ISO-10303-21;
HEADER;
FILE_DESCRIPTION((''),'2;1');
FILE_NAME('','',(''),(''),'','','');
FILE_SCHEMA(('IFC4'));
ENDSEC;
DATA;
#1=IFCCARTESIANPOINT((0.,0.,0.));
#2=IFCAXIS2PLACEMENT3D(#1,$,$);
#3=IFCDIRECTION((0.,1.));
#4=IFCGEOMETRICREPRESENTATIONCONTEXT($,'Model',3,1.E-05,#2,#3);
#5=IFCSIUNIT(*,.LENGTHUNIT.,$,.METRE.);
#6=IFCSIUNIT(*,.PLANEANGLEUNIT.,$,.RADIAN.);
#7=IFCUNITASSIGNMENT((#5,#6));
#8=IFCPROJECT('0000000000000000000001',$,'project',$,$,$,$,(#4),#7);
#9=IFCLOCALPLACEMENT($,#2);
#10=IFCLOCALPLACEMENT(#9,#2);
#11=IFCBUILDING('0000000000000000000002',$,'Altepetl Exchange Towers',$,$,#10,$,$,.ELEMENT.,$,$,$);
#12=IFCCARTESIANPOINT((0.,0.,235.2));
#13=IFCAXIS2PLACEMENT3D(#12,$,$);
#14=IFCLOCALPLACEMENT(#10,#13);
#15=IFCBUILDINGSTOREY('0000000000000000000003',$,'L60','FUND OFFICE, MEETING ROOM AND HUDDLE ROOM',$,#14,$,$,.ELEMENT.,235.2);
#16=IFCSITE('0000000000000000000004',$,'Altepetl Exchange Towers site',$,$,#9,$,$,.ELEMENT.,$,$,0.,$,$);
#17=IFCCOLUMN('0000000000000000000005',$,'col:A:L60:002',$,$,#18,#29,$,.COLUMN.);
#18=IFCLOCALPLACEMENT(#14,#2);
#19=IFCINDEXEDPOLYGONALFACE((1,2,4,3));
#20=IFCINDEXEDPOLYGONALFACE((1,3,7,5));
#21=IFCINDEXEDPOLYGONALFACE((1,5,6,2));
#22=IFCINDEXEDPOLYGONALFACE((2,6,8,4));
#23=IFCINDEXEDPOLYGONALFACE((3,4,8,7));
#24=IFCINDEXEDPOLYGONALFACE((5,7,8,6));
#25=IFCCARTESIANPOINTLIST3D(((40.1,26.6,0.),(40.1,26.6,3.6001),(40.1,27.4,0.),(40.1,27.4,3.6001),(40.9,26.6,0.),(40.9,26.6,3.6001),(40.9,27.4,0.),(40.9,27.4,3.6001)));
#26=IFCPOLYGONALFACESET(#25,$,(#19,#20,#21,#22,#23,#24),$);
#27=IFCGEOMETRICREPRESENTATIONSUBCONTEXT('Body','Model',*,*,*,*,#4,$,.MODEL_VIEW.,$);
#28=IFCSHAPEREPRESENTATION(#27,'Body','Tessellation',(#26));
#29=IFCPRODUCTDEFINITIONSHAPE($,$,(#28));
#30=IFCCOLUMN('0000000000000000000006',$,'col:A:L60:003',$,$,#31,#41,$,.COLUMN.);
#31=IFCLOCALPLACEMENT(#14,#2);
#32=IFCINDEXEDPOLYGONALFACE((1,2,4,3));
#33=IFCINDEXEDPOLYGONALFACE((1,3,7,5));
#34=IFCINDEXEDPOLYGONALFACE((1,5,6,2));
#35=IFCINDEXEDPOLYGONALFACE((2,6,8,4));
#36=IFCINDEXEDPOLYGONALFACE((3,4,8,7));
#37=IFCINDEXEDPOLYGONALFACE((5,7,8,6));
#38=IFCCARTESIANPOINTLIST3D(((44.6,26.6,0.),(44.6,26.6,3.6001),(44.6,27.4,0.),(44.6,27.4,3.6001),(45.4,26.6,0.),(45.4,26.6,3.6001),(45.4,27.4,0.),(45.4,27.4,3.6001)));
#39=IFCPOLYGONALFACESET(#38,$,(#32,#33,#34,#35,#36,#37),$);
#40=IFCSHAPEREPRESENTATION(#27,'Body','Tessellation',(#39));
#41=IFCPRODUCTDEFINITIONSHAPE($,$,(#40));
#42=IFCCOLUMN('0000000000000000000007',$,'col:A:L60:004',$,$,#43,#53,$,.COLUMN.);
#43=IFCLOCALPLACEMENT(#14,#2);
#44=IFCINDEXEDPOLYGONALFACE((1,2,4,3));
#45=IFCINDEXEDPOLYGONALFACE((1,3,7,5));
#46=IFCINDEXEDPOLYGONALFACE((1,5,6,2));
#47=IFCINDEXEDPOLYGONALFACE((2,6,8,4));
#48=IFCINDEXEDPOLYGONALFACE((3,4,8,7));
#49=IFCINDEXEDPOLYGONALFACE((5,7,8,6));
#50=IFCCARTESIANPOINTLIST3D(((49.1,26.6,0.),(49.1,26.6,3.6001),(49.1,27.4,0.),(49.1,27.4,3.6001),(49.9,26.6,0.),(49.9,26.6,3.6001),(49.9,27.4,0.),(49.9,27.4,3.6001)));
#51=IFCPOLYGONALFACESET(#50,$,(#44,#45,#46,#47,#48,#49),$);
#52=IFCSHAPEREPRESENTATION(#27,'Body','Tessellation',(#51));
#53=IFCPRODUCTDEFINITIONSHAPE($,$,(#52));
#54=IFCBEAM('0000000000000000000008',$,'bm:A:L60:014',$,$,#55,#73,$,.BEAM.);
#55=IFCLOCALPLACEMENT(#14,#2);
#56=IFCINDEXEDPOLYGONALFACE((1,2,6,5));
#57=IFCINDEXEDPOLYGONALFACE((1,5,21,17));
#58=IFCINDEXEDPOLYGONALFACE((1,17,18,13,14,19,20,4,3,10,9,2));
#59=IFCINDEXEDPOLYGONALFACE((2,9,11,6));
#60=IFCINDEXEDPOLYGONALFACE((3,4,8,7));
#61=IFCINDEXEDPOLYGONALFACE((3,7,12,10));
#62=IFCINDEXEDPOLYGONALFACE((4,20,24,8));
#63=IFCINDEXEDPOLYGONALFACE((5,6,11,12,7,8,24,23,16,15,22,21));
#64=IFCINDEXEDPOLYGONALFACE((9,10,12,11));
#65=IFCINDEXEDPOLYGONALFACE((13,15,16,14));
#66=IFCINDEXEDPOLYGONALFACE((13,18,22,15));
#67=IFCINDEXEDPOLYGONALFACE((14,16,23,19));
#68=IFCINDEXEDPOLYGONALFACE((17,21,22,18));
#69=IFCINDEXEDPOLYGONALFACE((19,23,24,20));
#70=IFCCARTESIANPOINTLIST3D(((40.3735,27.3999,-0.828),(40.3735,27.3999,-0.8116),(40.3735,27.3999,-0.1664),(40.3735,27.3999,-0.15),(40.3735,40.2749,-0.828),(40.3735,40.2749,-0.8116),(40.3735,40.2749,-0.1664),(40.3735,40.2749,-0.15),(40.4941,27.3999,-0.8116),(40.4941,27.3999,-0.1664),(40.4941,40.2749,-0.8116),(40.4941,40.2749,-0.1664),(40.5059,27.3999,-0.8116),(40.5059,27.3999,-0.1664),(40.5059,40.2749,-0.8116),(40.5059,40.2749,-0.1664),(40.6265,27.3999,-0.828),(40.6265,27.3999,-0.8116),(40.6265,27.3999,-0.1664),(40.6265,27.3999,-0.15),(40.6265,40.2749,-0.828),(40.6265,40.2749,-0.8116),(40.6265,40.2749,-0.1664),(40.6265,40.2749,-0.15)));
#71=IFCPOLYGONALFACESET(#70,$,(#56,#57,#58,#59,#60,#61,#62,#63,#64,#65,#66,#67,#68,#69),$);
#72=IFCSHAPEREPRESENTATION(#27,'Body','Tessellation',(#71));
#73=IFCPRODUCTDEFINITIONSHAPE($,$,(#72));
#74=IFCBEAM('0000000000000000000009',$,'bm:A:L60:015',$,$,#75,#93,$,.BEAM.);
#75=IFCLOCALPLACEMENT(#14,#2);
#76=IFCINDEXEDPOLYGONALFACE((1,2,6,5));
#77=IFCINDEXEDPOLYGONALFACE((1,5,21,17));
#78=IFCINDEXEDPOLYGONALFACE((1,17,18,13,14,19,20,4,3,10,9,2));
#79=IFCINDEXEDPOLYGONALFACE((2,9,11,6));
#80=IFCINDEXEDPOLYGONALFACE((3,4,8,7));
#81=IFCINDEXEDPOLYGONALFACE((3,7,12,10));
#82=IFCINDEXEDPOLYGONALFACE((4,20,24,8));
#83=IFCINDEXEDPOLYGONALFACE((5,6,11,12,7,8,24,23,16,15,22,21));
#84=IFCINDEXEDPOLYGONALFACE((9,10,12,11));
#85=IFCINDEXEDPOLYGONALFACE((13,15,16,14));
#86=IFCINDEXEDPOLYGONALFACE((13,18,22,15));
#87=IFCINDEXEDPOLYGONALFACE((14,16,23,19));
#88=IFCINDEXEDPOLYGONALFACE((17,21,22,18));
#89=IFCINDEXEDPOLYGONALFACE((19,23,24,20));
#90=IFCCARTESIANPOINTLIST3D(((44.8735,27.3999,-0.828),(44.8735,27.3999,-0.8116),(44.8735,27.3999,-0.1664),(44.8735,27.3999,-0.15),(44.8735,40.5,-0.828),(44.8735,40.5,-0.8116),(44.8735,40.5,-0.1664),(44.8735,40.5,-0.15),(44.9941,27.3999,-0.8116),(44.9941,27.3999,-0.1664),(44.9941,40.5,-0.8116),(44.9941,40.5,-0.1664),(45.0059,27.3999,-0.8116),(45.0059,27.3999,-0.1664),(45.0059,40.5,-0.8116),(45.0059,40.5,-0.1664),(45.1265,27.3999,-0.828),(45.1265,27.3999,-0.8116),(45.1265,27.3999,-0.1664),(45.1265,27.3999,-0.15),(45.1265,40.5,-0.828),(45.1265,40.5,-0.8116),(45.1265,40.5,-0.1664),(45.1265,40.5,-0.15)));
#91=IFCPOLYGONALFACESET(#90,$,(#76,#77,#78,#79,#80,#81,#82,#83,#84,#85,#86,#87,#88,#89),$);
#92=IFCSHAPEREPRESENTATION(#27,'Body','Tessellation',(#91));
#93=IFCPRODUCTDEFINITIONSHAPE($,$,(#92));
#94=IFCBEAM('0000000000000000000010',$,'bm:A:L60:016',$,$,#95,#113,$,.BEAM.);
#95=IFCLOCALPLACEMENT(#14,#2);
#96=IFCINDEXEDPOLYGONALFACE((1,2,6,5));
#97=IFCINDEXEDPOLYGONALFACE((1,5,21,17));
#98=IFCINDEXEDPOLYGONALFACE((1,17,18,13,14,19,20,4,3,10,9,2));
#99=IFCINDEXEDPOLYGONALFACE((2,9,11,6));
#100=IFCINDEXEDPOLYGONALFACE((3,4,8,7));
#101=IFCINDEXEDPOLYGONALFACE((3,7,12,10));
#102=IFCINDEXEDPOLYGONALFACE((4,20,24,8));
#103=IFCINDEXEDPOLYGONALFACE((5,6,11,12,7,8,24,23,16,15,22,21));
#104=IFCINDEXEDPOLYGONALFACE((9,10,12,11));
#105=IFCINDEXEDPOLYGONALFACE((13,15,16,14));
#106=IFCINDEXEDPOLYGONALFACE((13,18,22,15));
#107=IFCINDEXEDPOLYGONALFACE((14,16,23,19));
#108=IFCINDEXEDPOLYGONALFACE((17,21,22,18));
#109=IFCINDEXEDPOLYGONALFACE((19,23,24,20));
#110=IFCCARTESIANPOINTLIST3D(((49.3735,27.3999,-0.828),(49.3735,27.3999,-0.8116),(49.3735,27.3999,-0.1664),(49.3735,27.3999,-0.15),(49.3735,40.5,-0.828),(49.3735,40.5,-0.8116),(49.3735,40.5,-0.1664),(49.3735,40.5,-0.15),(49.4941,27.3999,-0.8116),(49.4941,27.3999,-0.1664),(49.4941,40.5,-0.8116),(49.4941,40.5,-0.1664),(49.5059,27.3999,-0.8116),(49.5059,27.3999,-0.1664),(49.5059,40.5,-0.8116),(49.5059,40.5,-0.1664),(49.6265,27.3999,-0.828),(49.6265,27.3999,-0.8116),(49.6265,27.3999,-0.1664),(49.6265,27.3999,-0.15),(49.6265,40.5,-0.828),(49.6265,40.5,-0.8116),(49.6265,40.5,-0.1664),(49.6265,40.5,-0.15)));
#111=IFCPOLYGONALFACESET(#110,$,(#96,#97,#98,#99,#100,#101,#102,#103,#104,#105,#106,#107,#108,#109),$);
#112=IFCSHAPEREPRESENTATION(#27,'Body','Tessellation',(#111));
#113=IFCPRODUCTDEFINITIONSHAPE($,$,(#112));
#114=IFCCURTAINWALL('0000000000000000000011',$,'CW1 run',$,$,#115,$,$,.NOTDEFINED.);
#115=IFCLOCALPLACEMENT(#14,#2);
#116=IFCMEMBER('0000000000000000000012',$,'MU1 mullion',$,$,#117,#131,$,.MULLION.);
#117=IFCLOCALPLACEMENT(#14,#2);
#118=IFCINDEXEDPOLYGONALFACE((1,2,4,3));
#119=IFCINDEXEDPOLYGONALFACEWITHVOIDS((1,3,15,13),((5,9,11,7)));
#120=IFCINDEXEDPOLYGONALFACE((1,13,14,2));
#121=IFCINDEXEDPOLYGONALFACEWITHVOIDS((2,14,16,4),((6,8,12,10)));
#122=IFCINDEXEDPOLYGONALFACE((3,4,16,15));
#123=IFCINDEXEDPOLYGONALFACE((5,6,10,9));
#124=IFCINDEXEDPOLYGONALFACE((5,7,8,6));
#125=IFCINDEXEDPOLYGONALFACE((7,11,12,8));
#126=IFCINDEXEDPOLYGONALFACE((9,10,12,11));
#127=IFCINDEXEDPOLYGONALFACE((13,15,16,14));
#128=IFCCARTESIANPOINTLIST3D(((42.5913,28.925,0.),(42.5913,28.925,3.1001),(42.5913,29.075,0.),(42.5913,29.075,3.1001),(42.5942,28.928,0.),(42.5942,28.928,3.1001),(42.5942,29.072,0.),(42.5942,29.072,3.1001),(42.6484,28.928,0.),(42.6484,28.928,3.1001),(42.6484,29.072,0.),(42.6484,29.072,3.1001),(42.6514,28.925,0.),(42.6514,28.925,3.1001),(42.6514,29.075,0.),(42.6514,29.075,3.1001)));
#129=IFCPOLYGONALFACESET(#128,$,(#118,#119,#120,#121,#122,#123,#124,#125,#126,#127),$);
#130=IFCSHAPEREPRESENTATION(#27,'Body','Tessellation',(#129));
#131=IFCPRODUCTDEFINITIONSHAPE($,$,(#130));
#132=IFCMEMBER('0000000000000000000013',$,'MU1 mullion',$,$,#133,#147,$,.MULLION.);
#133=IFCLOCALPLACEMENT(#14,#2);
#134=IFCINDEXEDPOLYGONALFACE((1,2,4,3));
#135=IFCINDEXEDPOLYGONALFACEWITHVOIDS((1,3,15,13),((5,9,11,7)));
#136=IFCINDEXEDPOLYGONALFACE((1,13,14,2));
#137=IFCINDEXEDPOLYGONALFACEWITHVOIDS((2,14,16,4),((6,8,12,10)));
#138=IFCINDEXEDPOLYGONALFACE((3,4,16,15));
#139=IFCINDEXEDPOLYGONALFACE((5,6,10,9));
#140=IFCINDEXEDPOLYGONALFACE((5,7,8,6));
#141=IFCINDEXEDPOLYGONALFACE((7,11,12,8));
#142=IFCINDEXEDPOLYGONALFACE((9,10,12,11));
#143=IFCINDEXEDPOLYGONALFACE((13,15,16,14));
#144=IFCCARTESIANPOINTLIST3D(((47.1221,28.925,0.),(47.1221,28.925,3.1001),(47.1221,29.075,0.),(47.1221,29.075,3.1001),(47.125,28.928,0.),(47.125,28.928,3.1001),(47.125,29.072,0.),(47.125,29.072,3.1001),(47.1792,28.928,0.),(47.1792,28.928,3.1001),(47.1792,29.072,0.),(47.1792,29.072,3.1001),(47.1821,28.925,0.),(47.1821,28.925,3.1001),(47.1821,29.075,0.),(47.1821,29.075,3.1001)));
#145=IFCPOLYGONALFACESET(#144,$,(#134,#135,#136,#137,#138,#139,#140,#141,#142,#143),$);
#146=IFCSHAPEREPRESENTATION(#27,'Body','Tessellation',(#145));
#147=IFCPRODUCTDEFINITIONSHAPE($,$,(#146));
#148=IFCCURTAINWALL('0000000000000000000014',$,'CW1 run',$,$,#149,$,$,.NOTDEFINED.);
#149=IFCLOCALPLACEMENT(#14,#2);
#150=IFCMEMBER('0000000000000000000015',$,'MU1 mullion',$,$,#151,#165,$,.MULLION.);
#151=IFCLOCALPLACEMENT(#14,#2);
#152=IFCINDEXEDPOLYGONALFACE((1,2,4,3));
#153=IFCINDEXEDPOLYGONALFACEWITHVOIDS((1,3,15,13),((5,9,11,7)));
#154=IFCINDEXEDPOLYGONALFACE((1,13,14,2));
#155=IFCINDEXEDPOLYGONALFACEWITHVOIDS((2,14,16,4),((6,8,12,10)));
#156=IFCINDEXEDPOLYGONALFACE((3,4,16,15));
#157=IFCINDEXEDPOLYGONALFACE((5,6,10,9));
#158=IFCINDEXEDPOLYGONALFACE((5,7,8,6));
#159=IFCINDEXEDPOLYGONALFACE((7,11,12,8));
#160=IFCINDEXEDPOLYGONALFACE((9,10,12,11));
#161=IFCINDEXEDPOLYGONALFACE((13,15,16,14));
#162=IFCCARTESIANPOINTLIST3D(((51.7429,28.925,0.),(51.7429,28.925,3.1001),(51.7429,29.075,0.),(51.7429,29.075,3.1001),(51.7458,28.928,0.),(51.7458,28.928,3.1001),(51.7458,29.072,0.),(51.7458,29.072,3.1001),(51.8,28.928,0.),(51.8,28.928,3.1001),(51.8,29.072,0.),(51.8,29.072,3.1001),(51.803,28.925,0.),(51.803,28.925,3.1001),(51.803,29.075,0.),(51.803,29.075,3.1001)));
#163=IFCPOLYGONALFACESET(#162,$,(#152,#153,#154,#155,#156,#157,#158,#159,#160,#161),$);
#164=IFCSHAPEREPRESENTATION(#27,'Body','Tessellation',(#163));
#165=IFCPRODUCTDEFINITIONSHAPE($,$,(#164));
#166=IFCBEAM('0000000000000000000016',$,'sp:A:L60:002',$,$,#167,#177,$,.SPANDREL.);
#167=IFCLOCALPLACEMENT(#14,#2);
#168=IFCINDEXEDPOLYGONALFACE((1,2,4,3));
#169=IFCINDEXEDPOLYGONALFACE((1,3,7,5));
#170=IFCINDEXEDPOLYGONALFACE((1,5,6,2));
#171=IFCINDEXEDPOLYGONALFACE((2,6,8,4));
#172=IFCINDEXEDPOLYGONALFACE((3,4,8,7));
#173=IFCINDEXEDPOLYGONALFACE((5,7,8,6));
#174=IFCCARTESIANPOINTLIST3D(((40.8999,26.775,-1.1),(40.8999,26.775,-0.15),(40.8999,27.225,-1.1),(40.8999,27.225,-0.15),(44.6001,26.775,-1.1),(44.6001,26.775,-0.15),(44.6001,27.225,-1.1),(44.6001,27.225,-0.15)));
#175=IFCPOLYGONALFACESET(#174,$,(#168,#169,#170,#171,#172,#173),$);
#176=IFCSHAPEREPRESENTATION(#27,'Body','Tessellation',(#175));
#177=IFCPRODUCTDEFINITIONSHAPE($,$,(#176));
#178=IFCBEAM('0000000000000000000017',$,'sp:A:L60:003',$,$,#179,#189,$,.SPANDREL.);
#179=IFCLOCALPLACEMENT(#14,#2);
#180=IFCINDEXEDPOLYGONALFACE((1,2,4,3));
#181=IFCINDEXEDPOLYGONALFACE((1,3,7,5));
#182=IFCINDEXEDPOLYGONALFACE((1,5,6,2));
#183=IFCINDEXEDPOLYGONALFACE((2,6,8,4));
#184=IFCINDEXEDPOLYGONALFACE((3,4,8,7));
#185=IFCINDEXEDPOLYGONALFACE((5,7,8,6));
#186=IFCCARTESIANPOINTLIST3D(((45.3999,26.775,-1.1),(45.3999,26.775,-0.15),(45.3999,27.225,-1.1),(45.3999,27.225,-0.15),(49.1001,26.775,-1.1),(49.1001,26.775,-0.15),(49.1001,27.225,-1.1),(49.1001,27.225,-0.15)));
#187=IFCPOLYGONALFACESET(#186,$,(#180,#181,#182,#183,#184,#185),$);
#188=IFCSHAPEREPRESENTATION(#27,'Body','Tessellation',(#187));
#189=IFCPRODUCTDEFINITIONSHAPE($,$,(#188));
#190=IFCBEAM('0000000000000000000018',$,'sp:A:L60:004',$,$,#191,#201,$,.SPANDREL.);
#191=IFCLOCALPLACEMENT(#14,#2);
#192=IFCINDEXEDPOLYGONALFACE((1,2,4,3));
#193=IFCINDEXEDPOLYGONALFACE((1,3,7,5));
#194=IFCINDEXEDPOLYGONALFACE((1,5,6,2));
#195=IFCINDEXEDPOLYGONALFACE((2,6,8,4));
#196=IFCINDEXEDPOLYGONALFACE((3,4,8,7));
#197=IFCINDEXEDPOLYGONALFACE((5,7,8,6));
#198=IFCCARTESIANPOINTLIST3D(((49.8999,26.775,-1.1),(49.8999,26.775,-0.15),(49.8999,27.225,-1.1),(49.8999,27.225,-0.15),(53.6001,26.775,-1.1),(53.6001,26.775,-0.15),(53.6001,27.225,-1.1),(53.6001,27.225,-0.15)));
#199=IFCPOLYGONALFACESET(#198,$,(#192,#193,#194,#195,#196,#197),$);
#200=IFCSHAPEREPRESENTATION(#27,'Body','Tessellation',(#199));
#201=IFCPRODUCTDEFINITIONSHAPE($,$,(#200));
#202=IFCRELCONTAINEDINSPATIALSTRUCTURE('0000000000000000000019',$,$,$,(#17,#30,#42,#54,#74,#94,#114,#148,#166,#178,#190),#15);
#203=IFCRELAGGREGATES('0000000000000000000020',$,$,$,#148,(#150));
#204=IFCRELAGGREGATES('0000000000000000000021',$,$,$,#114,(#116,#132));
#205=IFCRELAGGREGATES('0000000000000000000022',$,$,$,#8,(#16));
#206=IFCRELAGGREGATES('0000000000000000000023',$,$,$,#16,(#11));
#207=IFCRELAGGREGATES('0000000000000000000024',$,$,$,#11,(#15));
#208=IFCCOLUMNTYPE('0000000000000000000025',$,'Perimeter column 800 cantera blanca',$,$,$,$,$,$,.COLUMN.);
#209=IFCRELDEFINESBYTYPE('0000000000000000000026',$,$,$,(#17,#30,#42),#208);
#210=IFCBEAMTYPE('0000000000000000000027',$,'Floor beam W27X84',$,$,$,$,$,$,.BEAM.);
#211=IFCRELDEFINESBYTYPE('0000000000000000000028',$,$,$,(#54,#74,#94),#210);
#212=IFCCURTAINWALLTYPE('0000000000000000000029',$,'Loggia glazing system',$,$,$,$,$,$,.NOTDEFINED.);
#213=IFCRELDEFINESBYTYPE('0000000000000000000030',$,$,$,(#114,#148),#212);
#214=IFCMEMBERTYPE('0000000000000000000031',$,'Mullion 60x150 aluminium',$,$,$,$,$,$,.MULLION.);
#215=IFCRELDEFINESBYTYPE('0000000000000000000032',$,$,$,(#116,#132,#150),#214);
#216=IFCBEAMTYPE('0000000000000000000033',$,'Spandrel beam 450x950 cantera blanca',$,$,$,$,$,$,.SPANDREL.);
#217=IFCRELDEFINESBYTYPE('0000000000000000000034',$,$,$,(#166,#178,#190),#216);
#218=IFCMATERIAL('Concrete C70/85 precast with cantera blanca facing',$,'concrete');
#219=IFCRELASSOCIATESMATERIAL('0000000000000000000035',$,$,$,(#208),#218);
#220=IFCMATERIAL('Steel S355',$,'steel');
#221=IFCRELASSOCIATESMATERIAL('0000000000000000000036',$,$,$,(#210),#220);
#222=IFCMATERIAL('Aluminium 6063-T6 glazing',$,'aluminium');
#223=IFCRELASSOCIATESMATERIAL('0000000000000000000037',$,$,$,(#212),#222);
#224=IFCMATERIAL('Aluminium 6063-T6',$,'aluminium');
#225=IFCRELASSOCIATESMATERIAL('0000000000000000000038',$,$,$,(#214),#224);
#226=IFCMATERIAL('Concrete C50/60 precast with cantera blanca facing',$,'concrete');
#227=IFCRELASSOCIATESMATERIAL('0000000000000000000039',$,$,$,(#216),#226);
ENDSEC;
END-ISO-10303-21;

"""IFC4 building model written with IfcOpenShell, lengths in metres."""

from ifc_helpers import new_model, si_unit, direction, frame, origin, origin_2d, place, context, subcontext, project, spatial, rectangle, hollow_rectangle, i_section, extrude, material, material_profile, profile_set, type_object, element, aggregate, save


model = new_model("IFC4")

# Units and contexts
model_context = context("Model", 3, precision=1e-05, world=origin(), true_north=direction((0.0, 1.0)))
body_context = subcontext(model_context, "Body", "Model", "MODEL_VIEW")
ifc_project = project(units=[si_unit("LENGTHUNIT", "METRE"), si_unit("PLANEANGLEUNIT", "RADIAN")], contexts=[model_context])

# Site, building, storey
site_placement = place(None, origin())
site = spatial("IfcSite", under=ifc_project, at=site_placement, Name="Altepetl Exchange Towers site", CompositionType="ELEMENT", RefElevation=0.0)
building_placement = place(site_placement, origin())
building = spatial("IfcBuilding", under=site, at=building_placement, Name="Altepetl Exchange Towers", CompositionType="ELEMENT")
storey_placement = place(building_placement, frame((0.0, 0.0, 235.2)))
storey = spatial("IfcBuildingStorey", under=building, at=storey_placement, Name="L60", Description="FUND OFFICE, MEETING ROOM AND HUDDLE ROOM", CompositionType="ELEMENT", Elevation=235.2)

# Columns
ifc_material_1 = material(Name="Concrete C70/85 precast with cantera blanca facing", Category="concrete")
ifc_material_profile_1 = material_profile(ifc_material_1, rectangle(XDim=0.8, YDim=0.8, at=origin_2d()), Name="800 x 800")
ifc_profile_set_1 = profile_set([ifc_material_profile_1], Name="Concrete C70/85 precast with cantera blanca facing")
column_type = type_object("IfcColumnType", Name="Perimeter column 800 cantera blanca", PredefinedType="COLUMN", material=ifc_profile_set_1)
for number, where, name in (
    (1, (40.5, 27.0, 0.0), "col:A:L60:002"),
    (2, (45.0, 27.0, 0.0), "col:A:L60:003"),
    (3, (49.5, 27.0, 0.0), "col:A:L60:004"),
):
    element("IfcColumn", number, at=place(storey_placement, frame(where)), inside=storey, type_object=column_type, Name=name, PredefinedType="COLUMN", context=body_context, shape_type="SweptSolid", body=[
        extrude(rectangle(XDim=0.8, YDim=0.8, at=origin_2d()), origin(), (0.0, 0.0, 1.0), 3.6001),
    ])

# Beams
ifc_material_2 = material(Name="Steel S355", Category="steel")
ifc_material_profile_2 = material_profile(ifc_material_2, i_section(OverallWidth=0.2529, OverallDepth=0.678, WebThickness=0.0117, FlangeThickness=0.0164, at=origin_2d()), Name="W27X84")
ifc_profile_set_2 = profile_set([ifc_material_profile_2], Name="Steel S355")
beam_type_1 = type_object("IfcBeamType", Name="Floor beam W27X84", PredefinedType="BEAM", material=ifc_profile_set_2)
beam_placement = place(storey_placement, frame((40.5, 27.3999, -0.489), z_axis=(0.0, 1.0, 0.0), x_axis=(-1.0, 0.0, 0.0)))
element("IfcBeam", 4, at=beam_placement, inside=storey, type_object=beam_type_1, Name="bm:A:L60:014", PredefinedType="BEAM", context=body_context, shape_type="SweptSolid", body=[
    extrude(i_section(OverallWidth=0.2529, OverallDepth=0.678, WebThickness=0.0117, FlangeThickness=0.0164, at=origin_2d()), origin(), (0.0, 0.0, 1.0), 12.875),
])
for number, where, z_axis, x_axis, name in (
    (5, (45.0, 27.3999, -0.489), (0.0, 1.0, 0.0), (-1.0, 0.0, 0.0), "bm:A:L60:015"),
    (6, (49.5, 27.3999, -0.489), (0.0, 1.0, 0.0), (-1.0, 0.0, 0.0), "bm:A:L60:016"),
):
    element("IfcBeam", number, at=place(storey_placement, frame(where, z_axis=z_axis, x_axis=x_axis)), inside=storey, type_object=beam_type_1, Name=name, PredefinedType="BEAM", context=body_context, shape_type="SweptSolid", body=[
        extrude(i_section(OverallWidth=0.2529, OverallDepth=0.678, WebThickness=0.0117, FlangeThickness=0.0164, at=origin_2d()), origin(), (0.0, 0.0, 1.0), 13.1001),
    ])

# Curtain wall, members
ifc_material_3 = material(Name="Aluminium 6063-T6 glazing", Category="aluminium")
curtain_wall_type = type_object("IfcCurtainWallType", Name="Loggia glazing system", PredefinedType="NOTDEFINED", material=ifc_material_3)
curtain_wall_1_placement = place(storey_placement, origin())
curtain_wall_1 = element("IfcCurtainWall", 7, at=curtain_wall_1_placement, inside=storey, type_object=curtain_wall_type, Name="CW1 run", PredefinedType="NOTDEFINED")
ifc_material_4 = material(Name="Aluminium 6063-T6", Category="aluminium")
ifc_material_profile_3 = material_profile(ifc_material_4, hollow_rectangle(XDim=0.0601, YDim=0.1499, WallThickness=0.0029, at=origin_2d()), Name="Mullion 60x150 aluminium")
ifc_profile_set_3 = profile_set([ifc_material_profile_3], Name="Aluminium 6063-T6")
member_type = type_object("IfcMemberType", Name="Mullion 60x150 aluminium", PredefinedType="MULLION", material=ifc_profile_set_3)
member_1_placement = place(storey_placement, frame((42.6213, 29.0, 0.0)))
member_1 = element("IfcMember", 8, at=member_1_placement, type_object=member_type, Name="MU1 mullion", PredefinedType="MULLION", context=body_context, shape_type="SweptSolid", body=[
    extrude(hollow_rectangle(XDim=0.0601, YDim=0.1499, WallThickness=0.0029, at=origin_2d()), origin(), (0.0, 0.0, 1.0), 3.1001),
])
member_2_placement = place(storey_placement, frame((47.1521, 29.0, 0.0)))
member_2 = element("IfcMember", 9, at=member_2_placement, type_object=member_type, Name="MU1 mullion", PredefinedType="MULLION", context=body_context, shape_type="SweptSolid", body=[
    extrude(hollow_rectangle(XDim=0.0601, YDim=0.1499, WallThickness=0.0029, at=origin_2d()), origin(), (0.0, 0.0, 1.0), 3.1001),
])

# Curtain wall, member
curtain_wall_2_placement = place(storey_placement, origin())
curtain_wall_2 = element("IfcCurtainWall", 10, at=curtain_wall_2_placement, inside=storey, type_object=curtain_wall_type, Name="CW1 run", PredefinedType="NOTDEFINED")
member_3_placement = place(storey_placement, frame((51.7729, 29.0, 0.0)))
member_3 = element("IfcMember", 11, at=member_3_placement, type_object=member_type, Name="MU1 mullion", PredefinedType="MULLION", context=body_context, shape_type="SweptSolid", body=[
    extrude(hollow_rectangle(XDim=0.0601, YDim=0.1499, WallThickness=0.0029, at=origin_2d()), origin(), (0.0, 0.0, 1.0), 3.1001),
])
aggregate(curtain_wall_2, [member_3])

# Beams
ifc_material_5 = material(Name="Concrete C50/60 precast with cantera blanca facing", Category="concrete")
ifc_material_profile_4 = material_profile(ifc_material_5, rectangle(XDim=0.45, YDim=0.95, at=origin_2d()), Name="450 x 950")
ifc_profile_set_4 = profile_set([ifc_material_profile_4], Name="Concrete C50/60 precast with cantera blanca facing")
beam_type_2 = type_object("IfcBeamType", Name="Spandrel beam 450x950 cantera blanca", PredefinedType="SPANDREL", material=ifc_profile_set_4)
for number, where, z_axis, x_axis, name in (
    (12, (40.8999, 27.0, -0.625), (1.0, 0.0, 0.0), (0.0, 1.0, 0.0), "sp:A:L60:002"),
    (13, (45.3999, 27.0, -0.625), (1.0, 0.0, 0.0), (0.0, 1.0, 0.0), "sp:A:L60:003"),
    (14, (49.8999, 27.0, -0.625), (1.0, 0.0, 0.0), (0.0, 1.0, 0.0), "sp:A:L60:004"),
):
    element("IfcBeam", number, at=place(storey_placement, frame(where, z_axis=z_axis, x_axis=x_axis)), inside=storey, type_object=beam_type_2, Name=name, PredefinedType="SPANDREL", context=body_context, shape_type="SweptSolid", body=[
        extrude(rectangle(XDim=0.45, YDim=0.95, at=origin_2d()), origin(), (0.0, 0.0, 1.0), 3.7002),
    ])

aggregate(curtain_wall_1, [member_1, member_2])

save(model, "model.ifc")
